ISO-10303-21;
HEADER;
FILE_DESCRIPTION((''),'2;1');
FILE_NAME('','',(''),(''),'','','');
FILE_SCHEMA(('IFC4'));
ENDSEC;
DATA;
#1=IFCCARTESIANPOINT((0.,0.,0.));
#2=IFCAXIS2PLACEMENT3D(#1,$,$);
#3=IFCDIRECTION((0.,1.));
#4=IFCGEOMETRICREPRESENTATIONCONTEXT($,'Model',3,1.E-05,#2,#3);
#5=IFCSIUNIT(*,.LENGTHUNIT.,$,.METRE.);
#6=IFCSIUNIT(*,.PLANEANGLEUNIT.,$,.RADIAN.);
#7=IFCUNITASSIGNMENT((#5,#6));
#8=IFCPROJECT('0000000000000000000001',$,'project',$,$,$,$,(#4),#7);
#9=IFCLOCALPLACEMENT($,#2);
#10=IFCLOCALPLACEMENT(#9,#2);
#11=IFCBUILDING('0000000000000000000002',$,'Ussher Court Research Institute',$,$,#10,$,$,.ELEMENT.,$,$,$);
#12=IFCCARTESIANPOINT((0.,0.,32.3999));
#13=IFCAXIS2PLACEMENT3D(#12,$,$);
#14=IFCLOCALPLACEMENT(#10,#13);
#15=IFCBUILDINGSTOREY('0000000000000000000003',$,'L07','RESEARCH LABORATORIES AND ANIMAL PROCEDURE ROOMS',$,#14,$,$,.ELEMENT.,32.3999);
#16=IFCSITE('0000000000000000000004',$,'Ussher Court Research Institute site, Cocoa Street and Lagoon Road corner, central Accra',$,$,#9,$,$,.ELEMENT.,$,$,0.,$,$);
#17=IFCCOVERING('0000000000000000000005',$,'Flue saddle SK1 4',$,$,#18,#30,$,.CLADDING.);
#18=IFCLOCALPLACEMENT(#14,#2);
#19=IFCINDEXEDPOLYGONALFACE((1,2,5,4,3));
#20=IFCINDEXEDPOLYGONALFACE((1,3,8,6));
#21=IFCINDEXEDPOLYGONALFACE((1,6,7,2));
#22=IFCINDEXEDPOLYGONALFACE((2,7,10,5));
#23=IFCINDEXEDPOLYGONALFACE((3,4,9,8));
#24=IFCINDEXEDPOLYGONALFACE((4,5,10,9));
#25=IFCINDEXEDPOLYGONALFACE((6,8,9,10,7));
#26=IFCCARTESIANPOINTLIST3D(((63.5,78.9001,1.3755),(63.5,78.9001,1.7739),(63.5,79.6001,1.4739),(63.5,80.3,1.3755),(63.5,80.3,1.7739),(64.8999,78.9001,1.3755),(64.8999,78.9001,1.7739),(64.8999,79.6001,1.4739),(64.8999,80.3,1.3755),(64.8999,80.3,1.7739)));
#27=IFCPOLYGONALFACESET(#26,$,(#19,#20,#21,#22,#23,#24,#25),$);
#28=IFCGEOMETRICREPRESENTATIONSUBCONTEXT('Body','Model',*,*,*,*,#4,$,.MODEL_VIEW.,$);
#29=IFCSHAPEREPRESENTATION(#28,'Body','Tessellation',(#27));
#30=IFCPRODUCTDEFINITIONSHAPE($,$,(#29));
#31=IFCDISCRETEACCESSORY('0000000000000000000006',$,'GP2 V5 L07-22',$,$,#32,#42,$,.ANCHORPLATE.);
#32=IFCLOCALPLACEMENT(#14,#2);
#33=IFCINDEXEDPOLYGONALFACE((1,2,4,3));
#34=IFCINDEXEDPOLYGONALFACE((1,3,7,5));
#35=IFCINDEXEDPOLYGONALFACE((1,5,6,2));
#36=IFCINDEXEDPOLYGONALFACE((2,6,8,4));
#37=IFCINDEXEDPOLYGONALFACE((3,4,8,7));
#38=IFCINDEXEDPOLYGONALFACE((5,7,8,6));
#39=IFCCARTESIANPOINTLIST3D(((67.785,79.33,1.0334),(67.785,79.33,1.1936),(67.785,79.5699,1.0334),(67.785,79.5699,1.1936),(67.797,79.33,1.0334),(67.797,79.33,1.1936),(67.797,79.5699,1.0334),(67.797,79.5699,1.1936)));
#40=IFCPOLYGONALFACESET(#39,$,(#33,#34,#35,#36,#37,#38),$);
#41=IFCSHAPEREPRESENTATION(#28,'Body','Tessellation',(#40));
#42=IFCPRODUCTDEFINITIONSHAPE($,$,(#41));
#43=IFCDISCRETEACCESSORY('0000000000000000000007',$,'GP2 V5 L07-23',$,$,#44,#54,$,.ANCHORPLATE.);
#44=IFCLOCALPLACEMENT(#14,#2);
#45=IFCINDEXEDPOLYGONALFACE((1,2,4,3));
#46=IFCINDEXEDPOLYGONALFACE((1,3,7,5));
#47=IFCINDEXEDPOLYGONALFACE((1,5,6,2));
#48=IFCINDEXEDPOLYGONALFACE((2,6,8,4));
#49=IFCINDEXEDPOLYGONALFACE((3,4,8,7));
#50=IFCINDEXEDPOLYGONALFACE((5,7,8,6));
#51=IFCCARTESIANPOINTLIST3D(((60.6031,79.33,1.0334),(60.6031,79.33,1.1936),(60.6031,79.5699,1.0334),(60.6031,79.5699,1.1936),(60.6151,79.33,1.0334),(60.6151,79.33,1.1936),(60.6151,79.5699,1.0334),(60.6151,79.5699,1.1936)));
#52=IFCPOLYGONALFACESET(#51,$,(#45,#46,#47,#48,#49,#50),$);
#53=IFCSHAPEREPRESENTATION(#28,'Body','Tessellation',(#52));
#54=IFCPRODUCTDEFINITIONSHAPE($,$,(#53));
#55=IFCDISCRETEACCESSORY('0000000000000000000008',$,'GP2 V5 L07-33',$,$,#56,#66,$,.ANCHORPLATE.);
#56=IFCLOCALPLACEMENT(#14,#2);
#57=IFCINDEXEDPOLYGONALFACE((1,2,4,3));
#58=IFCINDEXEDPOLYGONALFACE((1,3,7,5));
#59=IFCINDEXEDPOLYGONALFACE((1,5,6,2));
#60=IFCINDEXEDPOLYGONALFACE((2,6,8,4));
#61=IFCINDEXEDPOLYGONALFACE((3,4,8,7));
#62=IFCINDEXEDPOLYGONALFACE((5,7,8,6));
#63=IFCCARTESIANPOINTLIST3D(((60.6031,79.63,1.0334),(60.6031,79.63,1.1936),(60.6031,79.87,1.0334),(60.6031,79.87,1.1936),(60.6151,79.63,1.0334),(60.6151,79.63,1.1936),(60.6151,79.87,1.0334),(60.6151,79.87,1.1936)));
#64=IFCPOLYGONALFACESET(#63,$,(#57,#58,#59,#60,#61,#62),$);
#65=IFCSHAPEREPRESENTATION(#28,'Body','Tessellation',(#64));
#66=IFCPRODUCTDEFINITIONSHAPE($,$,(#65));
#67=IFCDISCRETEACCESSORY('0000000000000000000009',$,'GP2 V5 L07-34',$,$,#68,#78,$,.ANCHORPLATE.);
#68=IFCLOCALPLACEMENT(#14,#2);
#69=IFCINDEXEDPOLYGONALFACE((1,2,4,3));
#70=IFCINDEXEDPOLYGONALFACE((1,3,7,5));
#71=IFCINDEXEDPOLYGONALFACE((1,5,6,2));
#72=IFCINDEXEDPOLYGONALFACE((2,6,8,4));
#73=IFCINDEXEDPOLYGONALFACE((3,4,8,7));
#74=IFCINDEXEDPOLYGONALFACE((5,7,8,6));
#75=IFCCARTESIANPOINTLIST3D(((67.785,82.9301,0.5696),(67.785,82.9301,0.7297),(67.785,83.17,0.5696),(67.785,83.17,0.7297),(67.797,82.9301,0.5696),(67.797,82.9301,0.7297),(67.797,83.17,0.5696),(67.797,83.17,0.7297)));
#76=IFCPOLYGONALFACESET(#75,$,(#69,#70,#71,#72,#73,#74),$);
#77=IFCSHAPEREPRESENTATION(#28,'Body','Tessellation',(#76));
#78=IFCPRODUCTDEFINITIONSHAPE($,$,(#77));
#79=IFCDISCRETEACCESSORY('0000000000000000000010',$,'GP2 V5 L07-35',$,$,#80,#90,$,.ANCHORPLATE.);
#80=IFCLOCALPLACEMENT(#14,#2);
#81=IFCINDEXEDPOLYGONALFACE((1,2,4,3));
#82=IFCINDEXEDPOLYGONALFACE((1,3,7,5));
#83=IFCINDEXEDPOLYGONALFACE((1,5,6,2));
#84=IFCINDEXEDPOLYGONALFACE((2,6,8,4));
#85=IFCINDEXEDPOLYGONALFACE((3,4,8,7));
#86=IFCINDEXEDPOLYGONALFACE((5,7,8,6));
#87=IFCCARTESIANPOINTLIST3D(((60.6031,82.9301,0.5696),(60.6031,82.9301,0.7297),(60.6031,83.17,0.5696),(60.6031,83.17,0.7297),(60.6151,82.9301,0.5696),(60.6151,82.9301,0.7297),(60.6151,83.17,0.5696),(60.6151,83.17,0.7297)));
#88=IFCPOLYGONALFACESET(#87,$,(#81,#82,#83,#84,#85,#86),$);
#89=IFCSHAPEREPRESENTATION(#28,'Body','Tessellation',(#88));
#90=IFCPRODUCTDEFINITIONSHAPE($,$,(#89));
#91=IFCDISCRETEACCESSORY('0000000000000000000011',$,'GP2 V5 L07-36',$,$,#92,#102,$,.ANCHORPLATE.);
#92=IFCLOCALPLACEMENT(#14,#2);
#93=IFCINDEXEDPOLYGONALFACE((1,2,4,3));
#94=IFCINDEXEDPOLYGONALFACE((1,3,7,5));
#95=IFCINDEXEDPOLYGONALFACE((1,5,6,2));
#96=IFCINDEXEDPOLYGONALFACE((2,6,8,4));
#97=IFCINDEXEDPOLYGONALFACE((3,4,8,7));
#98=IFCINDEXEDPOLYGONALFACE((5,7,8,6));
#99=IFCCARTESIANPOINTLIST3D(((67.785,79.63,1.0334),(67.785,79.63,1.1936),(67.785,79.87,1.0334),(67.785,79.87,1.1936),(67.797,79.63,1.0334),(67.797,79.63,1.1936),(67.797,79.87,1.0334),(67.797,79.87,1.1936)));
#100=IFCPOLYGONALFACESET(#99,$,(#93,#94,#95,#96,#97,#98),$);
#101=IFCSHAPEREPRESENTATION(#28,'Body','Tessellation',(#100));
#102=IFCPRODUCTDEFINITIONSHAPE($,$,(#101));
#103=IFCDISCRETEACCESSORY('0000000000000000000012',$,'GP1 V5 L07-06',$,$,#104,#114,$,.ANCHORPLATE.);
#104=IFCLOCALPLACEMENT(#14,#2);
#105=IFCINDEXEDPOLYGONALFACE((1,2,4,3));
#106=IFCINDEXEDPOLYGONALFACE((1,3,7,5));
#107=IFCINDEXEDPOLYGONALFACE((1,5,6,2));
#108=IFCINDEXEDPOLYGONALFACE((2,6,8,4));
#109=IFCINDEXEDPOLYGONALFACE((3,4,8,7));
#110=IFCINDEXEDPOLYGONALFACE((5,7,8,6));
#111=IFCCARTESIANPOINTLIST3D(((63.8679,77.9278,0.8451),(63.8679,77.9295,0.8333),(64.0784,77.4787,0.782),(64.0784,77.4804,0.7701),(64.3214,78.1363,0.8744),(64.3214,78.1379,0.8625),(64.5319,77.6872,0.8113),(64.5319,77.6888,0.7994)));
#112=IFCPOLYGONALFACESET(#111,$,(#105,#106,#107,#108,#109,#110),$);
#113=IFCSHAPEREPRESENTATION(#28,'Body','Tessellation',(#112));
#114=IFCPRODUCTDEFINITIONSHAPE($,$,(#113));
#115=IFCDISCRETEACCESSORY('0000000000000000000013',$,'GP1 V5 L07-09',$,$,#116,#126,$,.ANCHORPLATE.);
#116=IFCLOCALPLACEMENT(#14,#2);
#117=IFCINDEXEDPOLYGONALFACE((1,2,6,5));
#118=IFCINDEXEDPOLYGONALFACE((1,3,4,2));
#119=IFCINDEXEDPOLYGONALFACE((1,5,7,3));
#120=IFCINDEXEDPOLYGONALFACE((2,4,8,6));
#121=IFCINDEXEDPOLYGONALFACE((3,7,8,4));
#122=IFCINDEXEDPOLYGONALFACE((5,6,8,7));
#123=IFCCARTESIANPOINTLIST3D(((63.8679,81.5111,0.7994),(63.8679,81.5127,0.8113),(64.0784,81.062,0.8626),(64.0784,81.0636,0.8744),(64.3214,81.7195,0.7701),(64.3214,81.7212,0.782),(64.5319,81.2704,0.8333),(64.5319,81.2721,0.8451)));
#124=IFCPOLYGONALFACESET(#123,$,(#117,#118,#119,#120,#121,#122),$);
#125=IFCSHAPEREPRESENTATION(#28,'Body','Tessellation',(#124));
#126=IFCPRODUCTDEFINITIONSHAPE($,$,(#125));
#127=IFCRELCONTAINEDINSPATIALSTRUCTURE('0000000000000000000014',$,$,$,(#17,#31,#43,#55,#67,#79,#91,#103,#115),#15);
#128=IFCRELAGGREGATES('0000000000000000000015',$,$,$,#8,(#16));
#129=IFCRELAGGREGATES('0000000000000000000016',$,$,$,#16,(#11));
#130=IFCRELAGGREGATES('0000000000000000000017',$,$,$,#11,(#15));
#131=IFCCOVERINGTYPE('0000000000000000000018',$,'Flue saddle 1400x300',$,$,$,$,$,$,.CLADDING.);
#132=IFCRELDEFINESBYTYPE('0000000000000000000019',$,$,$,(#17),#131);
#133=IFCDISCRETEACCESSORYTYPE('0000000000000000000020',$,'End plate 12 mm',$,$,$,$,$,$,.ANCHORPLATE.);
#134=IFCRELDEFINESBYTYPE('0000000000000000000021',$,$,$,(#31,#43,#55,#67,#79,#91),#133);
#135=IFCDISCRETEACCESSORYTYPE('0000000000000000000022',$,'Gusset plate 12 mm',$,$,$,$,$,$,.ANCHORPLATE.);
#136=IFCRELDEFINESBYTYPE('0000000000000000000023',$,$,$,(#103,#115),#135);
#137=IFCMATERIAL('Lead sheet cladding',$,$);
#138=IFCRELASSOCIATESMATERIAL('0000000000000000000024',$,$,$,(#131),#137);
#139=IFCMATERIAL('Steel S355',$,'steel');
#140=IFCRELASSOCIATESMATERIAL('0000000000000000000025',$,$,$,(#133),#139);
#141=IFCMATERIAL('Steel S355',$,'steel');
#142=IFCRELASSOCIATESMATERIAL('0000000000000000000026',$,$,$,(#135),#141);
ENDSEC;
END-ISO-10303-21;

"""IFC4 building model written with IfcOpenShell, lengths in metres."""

from ifc_helpers import new_model, si_unit, direction, frame, origin, origin_2d, place, context, subcontext, project, spatial, polyline, rectangle, outline, extrude, material, material_profile, profile_set, type_object, element, save


model = new_model("IFC4")

# Units and contexts
model_context = context("Model", 3, precision=1e-05, world=origin(), true_north=direction((0.0, 1.0)))
body_context = subcontext(model_context, "Body", "Model", "MODEL_VIEW")
ifc_project = project(units=[si_unit("LENGTHUNIT", "METRE"), si_unit("PLANEANGLEUNIT", "RADIAN")], contexts=[model_context])

# Site, building, storey
site_placement = place(None, origin())
site = spatial("IfcSite", under=ifc_project, at=site_placement, Name="Ussher Court Research Institute site, Cocoa Street and Lagoon Road corner, central Accra", CompositionType="ELEMENT", RefElevation=0.0)
building_placement = place(site_placement, origin())
building = spatial("IfcBuilding", under=site, at=building_placement, Name="Ussher Court Research Institute", CompositionType="ELEMENT")
storey_placement = place(building_placement, frame((0.0, 0.0, 32.3999)))
storey = spatial("IfcBuildingStorey", under=building, at=storey_placement, Name="L07", Description="RESEARCH LABORATORIES AND ANIMAL PROCEDURE ROOMS", CompositionType="ELEMENT", Elevation=32.3999)

# Covering
ifc_material_1 = material(Name="Lead sheet cladding")
covering_type_1 = type_object("IfcCoveringType", Name="Flue saddle 1400x300", PredefinedType="CLADDING", material=ifc_material_1)
covering_1_placement = place(storey_placement, frame((63.5, 79.6001, 1.4739), z_axis=(1.0, 0.0, 0.0), x_axis=(0.0, 1.0, 0.0)))
element("IfcCovering", 1, at=covering_1_placement, inside=storey, type_object=covering_type_1, Name="Flue saddle SK1 4", PredefinedType="CLADDING", context=body_context, shape_type="SweptSolid", body=[
    extrude(outline(polyline([(-0.7, -0.0984), (0.0, 0.0), (0.7, -0.0984), (0.7, 0.3), (-0.7, 0.3), (-0.7, -0.0984)])), origin(), (0.0, 0.0, 1.0), 1.3999),
])

# Discrete accessories
ifc_material_2 = material(Name="Steel S355", Category="steel")
ifc_material_profile_1 = material_profile(ifc_material_2, rectangle(XDim=0.012, YDim=0.24, at=origin_2d()), Name="PL 12x240")
ifc_profile_set_1 = profile_set([ifc_material_profile_1], Name="Steel S355")
discrete_accessory_type_1 = type_object("IfcDiscreteAccessoryType", Name="End plate 12 mm", PredefinedType="ANCHORPLATE", material=ifc_profile_set_1)
for number, where, z_axis, x_axis, name in (
    (2, (67.791, 79.45, 1.0334), (0.0, 0.0, 1.0), (1.0, 0.0, 0.0), "GP2 V5 L07-22"),
    (3, (60.6091, 79.45, 1.0334), (0.0, 0.0, 1.0), (1.0, 0.0, 0.0), "GP2 V5 L07-23"),
    (4, (60.6091, 79.75, 1.0334), (0.0, 0.0, 1.0), (1.0, 0.0, 0.0), "GP2 V5 L07-33"),
    (5, (67.791, 83.05, 0.5696), (0.0, 0.0, 1.0), (1.0, 0.0, 0.0), "GP2 V5 L07-34"),
    (6, (60.6091, 83.05, 0.5696), (0.0, 0.0, 1.0), (1.0, 0.0, 0.0), "GP2 V5 L07-35"),
    (7, (67.791, 79.75, 1.0334), (0.0, 0.0, 1.0), (1.0, 0.0, 0.0), "GP2 V5 L07-36"),
):
    element("IfcDiscreteAccessory", number, at=place(storey_placement, frame(where, z_axis=z_axis, x_axis=x_axis)), inside=storey, type_object=discrete_accessory_type_1, Name=name, PredefinedType="ANCHORPLATE", context=body_context, shape_type="SweptSolid", body=[
        extrude(rectangle(XDim=0.012, YDim=0.24, at=origin_2d()), origin(), (0.0, 0.0, 1.0), 0.1602),
    ])
ifc_material_3 = material(Name="Steel S355", Category="steel")
ifc_material_profile_2 = material_profile(ifc_material_3, rectangle(XDim=0.5, YDim=0.012, at=origin_2d()), Name="PL 500x12")
ifc_profile_set_2 = profile_set([ifc_material_profile_2], Name="Steel S355")
discrete_accessory_type_2 = type_object("IfcDiscreteAccessoryType", Name="Gusset plate 12 mm", PredefinedType="ANCHORPLATE", material=ifc_profile_set_2)
for number, where, z_axis, x_axis, name in (
    (8, (63.9731, 77.7041, 0.8076), (0.907056, 0.416914, 0.058583), (0.42101, -0.898228, -0.126245), "GP1 V5 L07-06"),
    (9, (63.9731, 81.2874, 0.8369), (0.907056, 0.416914, -0.058583), (0.42101, -0.898228, 0.126245), "GP1 V5 L07-09"),
):
    element("IfcDiscreteAccessory", number, at=place(storey_placement, frame(where, z_axis=z_axis, x_axis=x_axis)), inside=storey, type_object=discrete_accessory_type_2, Name=name, PredefinedType="ANCHORPLATE", context=body_context, shape_type="SweptSolid", body=[
        extrude(rectangle(XDim=0.5, YDim=0.012, at=origin_2d()), origin(), (0.0, 0.0, 1.0), 0.5),
    ])

save(model, "model.ifc")
